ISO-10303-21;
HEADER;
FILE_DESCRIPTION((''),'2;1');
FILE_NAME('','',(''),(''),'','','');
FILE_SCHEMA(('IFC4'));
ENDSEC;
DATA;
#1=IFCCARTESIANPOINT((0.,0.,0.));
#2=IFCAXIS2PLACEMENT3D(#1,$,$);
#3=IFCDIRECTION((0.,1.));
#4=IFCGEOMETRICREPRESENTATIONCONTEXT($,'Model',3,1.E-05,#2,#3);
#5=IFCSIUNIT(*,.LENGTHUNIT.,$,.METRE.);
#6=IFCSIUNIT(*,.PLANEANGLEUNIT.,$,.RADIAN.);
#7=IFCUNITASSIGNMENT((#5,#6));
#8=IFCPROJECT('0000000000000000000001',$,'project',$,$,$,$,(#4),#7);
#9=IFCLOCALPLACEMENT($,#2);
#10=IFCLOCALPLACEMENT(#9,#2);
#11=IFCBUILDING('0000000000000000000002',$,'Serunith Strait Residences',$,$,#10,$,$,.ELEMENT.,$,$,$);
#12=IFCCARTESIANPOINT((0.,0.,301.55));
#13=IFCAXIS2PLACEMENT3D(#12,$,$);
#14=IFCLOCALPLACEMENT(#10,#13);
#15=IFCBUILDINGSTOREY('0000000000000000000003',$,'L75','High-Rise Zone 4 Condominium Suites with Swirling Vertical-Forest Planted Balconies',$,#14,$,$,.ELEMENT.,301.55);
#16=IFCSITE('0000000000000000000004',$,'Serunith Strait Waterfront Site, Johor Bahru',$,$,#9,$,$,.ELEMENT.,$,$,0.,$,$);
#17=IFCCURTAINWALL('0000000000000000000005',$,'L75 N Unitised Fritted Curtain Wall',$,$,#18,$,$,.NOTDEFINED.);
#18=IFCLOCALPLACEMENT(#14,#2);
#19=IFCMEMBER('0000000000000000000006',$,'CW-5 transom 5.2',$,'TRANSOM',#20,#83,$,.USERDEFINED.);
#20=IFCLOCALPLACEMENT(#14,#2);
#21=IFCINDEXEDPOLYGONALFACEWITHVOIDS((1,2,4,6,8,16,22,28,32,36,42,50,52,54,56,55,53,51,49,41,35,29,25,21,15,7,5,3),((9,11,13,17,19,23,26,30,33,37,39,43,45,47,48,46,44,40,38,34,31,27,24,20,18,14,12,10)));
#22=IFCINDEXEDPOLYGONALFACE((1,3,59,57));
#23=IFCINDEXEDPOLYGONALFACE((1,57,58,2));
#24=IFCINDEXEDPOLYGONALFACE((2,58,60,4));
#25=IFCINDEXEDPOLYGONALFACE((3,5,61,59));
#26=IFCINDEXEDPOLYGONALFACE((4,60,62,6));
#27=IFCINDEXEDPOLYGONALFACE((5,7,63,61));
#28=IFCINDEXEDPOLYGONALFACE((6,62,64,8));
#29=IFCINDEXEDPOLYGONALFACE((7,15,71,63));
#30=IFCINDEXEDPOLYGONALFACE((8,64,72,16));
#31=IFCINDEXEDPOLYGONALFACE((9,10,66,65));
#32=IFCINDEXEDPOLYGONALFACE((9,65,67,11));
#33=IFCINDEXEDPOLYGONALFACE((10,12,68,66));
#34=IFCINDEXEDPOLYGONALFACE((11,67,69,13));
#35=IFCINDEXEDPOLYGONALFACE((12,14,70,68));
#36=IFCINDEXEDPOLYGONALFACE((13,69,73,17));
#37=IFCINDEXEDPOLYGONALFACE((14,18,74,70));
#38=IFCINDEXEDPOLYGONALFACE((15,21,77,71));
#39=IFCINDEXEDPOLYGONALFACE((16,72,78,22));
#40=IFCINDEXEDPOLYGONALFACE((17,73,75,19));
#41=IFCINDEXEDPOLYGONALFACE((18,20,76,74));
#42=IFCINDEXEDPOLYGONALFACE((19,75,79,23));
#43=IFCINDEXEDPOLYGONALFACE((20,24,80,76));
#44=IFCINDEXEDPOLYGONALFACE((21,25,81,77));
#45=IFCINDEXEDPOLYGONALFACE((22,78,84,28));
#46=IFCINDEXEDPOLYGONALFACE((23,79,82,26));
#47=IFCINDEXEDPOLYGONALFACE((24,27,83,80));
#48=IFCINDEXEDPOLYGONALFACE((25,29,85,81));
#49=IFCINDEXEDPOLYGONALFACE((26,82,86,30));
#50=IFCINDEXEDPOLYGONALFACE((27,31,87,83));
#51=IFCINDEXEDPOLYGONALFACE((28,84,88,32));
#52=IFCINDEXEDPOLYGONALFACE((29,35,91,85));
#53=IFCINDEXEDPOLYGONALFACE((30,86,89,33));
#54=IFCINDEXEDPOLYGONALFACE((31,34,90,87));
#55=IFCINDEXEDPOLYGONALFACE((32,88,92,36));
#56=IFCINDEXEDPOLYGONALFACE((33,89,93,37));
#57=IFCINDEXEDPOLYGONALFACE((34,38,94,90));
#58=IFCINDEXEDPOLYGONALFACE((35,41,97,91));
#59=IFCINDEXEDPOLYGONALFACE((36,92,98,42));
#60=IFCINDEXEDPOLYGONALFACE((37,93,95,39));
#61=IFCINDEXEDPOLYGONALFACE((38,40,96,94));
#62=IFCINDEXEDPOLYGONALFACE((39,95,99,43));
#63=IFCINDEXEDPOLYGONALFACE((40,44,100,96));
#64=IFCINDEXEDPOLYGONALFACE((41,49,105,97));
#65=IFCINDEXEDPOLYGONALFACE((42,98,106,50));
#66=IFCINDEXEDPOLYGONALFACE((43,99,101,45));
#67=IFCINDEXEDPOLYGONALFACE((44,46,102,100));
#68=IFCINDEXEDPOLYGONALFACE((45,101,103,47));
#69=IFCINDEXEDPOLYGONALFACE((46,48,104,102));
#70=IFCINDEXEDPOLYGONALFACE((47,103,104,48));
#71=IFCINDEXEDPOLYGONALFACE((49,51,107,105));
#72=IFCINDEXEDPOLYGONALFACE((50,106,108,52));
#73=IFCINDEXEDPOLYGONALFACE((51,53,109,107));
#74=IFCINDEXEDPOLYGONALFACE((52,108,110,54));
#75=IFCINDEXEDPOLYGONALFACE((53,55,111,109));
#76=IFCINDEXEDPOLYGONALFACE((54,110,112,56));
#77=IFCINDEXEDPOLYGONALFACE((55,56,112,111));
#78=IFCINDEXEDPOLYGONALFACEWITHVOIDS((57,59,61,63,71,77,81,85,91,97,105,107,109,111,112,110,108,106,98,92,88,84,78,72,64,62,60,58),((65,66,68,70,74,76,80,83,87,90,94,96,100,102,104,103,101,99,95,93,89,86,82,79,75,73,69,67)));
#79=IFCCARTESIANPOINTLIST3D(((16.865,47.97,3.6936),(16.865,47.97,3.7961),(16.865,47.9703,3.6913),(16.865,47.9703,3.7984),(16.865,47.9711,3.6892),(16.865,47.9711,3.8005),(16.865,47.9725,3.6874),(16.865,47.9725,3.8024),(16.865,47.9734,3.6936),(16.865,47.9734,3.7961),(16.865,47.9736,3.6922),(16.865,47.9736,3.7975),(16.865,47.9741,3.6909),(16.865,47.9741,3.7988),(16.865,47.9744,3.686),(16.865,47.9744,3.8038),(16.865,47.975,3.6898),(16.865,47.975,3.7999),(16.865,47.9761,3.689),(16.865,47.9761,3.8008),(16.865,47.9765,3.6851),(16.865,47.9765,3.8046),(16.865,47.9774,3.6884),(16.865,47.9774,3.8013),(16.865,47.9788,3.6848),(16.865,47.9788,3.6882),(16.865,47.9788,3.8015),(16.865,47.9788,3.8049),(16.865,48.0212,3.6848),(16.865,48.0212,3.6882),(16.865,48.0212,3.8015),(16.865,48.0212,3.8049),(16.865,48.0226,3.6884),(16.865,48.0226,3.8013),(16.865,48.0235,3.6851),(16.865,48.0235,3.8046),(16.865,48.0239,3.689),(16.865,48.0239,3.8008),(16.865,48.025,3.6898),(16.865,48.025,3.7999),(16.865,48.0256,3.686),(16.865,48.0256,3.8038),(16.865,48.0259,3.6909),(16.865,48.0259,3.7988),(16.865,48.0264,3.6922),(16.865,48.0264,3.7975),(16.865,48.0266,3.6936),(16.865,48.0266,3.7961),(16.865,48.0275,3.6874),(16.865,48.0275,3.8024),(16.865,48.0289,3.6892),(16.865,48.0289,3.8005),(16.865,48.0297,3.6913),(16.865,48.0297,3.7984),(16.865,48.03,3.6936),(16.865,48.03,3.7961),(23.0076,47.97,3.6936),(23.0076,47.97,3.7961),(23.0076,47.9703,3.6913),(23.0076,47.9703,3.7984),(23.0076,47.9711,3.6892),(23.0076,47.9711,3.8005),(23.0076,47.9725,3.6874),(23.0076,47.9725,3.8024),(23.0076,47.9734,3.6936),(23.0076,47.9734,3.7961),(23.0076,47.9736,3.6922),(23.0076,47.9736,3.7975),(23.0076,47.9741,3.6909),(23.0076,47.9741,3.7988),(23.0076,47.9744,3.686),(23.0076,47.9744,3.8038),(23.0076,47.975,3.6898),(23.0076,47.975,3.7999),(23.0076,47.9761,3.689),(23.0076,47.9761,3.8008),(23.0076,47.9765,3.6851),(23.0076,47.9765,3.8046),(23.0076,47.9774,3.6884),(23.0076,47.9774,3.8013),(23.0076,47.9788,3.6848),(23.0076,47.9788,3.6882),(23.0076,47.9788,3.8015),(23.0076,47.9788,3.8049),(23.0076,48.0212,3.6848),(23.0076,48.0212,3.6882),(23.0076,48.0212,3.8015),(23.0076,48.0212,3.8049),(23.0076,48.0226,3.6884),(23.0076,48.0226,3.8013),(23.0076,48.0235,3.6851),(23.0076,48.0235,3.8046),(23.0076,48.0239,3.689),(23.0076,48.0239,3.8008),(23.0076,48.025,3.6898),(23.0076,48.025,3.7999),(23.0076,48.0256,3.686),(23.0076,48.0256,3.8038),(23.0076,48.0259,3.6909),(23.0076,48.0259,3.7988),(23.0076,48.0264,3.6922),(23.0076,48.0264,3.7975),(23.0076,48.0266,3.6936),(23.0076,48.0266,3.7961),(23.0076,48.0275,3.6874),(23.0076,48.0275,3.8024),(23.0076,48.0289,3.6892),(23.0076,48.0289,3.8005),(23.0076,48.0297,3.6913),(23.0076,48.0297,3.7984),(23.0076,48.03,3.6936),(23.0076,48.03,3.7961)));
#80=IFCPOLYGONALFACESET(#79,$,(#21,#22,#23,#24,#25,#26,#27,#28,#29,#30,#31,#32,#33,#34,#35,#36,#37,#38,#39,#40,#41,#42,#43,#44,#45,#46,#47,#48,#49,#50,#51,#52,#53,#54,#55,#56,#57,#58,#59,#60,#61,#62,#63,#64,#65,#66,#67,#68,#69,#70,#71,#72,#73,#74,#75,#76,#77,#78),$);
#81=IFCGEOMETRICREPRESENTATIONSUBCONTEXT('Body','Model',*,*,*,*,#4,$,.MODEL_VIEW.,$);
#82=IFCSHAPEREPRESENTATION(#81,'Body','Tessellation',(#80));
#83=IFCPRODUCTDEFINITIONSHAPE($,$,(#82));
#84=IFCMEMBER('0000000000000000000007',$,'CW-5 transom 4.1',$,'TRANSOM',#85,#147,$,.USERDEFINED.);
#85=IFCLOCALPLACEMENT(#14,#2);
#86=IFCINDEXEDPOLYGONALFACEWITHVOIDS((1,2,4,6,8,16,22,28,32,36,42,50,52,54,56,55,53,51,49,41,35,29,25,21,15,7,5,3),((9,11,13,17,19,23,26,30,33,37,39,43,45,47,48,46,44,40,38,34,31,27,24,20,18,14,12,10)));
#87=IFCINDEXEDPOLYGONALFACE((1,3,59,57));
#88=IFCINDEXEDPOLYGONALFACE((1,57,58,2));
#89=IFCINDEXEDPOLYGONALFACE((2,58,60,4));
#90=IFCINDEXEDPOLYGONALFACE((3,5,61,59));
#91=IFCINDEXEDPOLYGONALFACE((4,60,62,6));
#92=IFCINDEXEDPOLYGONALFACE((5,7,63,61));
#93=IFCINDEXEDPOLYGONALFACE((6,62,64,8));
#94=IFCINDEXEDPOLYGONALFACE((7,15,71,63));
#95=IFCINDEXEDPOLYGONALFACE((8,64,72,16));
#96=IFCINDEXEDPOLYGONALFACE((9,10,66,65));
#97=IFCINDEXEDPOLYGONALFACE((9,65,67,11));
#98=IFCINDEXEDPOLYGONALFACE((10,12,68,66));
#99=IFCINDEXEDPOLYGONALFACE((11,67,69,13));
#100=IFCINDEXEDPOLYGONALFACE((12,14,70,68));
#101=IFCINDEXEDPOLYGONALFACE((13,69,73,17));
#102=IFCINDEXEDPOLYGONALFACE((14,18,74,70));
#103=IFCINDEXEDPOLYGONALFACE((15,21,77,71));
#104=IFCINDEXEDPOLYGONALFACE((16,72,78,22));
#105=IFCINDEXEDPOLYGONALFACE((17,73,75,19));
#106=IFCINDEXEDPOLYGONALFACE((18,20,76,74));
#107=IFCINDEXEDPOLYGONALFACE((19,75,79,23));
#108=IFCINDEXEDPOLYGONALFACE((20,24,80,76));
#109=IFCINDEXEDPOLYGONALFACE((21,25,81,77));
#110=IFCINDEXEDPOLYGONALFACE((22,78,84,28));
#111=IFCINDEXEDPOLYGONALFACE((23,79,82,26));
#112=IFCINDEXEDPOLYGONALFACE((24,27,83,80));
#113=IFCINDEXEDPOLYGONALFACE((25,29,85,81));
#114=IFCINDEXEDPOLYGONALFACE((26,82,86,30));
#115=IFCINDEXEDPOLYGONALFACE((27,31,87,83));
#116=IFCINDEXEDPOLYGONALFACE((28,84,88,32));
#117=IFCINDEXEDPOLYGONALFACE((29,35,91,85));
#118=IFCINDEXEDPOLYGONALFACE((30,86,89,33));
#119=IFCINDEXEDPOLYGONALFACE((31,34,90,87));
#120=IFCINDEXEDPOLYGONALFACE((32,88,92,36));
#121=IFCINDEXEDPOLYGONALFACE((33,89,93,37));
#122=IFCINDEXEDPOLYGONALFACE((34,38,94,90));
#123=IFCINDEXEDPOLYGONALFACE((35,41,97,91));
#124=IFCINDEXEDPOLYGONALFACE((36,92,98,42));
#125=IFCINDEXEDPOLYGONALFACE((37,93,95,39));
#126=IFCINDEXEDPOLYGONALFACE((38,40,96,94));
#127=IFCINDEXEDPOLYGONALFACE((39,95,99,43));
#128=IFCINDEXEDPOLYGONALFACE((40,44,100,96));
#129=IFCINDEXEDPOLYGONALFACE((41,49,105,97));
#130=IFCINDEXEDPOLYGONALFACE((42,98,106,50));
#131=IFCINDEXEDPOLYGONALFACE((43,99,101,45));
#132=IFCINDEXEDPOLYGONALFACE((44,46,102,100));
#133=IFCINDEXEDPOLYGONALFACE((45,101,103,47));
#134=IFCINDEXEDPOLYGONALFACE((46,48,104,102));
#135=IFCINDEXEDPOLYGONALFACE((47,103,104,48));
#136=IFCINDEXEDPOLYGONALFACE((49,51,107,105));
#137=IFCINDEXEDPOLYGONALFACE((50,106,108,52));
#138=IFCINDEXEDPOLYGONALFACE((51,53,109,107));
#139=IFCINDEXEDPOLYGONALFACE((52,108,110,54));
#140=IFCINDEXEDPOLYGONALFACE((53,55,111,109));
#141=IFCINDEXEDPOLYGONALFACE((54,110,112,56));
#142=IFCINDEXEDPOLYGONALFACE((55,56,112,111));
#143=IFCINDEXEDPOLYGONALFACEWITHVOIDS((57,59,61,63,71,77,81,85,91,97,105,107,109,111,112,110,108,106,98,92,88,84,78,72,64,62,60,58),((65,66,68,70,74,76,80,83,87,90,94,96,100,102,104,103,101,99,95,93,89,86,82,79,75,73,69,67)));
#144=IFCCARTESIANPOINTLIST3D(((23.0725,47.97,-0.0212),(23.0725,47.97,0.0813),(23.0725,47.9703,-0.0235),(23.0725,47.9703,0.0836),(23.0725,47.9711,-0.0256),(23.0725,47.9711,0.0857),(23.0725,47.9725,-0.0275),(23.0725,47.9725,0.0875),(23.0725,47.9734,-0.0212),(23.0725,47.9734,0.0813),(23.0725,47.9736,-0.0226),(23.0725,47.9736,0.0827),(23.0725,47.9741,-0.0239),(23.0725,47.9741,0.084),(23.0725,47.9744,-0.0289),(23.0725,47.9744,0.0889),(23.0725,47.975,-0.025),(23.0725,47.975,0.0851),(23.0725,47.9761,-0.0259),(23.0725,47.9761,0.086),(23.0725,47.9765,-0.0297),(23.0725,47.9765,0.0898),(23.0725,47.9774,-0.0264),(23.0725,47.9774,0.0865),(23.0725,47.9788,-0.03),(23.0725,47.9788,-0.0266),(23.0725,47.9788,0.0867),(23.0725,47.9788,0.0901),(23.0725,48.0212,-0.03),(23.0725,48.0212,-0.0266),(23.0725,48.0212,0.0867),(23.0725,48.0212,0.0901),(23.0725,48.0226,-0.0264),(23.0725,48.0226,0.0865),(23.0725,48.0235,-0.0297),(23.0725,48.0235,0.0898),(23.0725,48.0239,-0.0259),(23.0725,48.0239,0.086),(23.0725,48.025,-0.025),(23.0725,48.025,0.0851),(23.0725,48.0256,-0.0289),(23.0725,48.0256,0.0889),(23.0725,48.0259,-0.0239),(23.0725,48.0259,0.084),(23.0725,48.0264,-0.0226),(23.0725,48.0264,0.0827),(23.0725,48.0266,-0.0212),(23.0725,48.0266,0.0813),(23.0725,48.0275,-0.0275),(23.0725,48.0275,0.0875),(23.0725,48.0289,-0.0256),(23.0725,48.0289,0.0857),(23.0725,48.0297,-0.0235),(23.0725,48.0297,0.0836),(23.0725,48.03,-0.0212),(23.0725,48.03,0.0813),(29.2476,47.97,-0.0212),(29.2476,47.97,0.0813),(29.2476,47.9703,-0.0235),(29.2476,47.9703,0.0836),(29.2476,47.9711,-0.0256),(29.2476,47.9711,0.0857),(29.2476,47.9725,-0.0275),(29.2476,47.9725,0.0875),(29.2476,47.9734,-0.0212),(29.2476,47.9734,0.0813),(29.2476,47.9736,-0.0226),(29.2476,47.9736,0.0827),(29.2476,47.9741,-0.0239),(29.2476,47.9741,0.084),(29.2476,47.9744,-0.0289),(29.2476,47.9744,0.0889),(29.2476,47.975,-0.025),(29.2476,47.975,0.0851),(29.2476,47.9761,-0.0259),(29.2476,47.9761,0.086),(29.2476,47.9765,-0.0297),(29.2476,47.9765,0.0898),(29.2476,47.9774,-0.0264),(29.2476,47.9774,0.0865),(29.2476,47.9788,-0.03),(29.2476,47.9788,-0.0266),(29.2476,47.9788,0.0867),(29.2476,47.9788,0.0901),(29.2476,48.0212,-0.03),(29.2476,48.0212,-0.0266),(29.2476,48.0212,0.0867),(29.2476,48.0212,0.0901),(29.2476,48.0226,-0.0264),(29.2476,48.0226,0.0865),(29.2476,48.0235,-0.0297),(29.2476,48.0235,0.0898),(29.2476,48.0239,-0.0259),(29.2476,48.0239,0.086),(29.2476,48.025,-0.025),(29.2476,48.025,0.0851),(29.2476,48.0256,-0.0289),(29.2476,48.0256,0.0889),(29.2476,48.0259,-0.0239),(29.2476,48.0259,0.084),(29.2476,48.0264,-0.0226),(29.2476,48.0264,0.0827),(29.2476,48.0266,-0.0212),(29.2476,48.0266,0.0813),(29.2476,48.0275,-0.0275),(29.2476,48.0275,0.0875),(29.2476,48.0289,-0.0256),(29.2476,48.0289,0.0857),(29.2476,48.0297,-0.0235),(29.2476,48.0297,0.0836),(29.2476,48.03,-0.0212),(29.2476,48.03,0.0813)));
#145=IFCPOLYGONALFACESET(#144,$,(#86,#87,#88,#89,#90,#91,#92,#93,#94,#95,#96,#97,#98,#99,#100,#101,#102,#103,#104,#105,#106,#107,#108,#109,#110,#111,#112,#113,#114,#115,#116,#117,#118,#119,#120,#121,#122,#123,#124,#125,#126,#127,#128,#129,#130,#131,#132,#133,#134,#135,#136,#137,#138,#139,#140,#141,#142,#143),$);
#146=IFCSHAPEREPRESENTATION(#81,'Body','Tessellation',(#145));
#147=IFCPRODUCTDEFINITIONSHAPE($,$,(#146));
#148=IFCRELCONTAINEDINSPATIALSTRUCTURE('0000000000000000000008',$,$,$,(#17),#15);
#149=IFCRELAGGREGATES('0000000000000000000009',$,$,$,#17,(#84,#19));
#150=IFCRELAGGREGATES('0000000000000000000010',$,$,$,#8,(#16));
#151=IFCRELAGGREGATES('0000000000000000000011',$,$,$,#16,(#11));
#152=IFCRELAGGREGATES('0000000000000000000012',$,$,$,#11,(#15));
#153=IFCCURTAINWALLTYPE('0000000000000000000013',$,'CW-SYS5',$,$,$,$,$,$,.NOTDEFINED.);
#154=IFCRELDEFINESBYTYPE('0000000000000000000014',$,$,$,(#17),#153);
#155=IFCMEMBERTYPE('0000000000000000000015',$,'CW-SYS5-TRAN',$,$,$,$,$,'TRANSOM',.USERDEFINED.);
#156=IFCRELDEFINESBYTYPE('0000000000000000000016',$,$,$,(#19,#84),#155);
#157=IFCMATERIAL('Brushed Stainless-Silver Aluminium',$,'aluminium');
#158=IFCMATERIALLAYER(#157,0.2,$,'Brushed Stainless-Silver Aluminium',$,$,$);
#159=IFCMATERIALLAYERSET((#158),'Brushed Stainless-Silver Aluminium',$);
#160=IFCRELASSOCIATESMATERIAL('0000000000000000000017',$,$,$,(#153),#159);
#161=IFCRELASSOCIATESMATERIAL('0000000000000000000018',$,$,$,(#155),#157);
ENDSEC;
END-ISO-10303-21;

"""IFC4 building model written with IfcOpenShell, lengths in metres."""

from ifc_helpers import new_model, si_unit, direction, frame, origin, origin_2d, place, context, subcontext, project, spatial, hollow_rectangle, extrude, source, transform, mapped, material, layer, layer_set, material_profile, profile_set, type_object, element, aggregate, save


model = new_model("IFC4")

# Units and contexts
model_context = context("Model", 3, precision=1e-05, world=origin(), true_north=direction((0.0, 1.0)))
body_context = subcontext(model_context, "Body", "Model", "MODEL_VIEW")
ifc_project = project(units=[si_unit("LENGTHUNIT", "METRE"), si_unit("PLANEANGLEUNIT", "RADIAN")], contexts=[model_context])

# Site, building, storey
site_placement = place(None, origin())
site = spatial("IfcSite", under=ifc_project, at=site_placement, Name="Serunith Strait Waterfront Site, Johor Bahru", CompositionType="ELEMENT", RefElevation=0.0)
building_placement = place(site_placement, origin())
building = spatial("IfcBuilding", under=site, at=building_placement, Name="Serunith Strait Residences", CompositionType="ELEMENT")
storey_placement = place(building_placement, frame((0.0, 0.0, 301.55)))
storey = spatial("IfcBuildingStorey", under=building, at=storey_placement, Name="L75", Description="High-Rise Zone 4 Condominium Suites with Swirling Vertical-Forest Planted Balconies", CompositionType="ELEMENT", Elevation=301.55)

# Curtain wall, members
ifc_material_1 = material(Name="Brushed Stainless-Silver Aluminium", Category="aluminium")
ifc_layer_1 = layer(ifc_material_1, 0.2, Name="Brushed Stainless-Silver Aluminium")
ifc_layer_set_1 = layer_set([ifc_layer_1], Name="Brushed Stainless-Silver Aluminium")
curtain_wall_type = type_object("IfcCurtainWallType", Name="CW-SYS5", PredefinedType="NOTDEFINED", material=ifc_layer_set_1)
curtain_wall_placement = place(storey_placement, origin())
curtain_wall = element("IfcCurtainWall", 1, at=curtain_wall_placement, inside=storey, type_object=curtain_wall_type, Name="L75 N Unitised Fritted Curtain Wall", PredefinedType="NOTDEFINED")
ifc_material_profile_1 = material_profile(ifc_material_1, hollow_rectangle(XDim=0.0601, YDim=0.1201, WallThickness=0.0034, InnerFilletRadius=0.0054, OuterFilletRadius=0.0088, at=origin_2d()), Name="ALU 120x60x3.5")
ifc_profile_set_1 = profile_set([ifc_material_profile_1], Name="Brushed Stainless-Silver Aluminium")
member_type_1 = type_object("IfcMemberType", Name="CW-SYS5-TRAN", ElementType="TRANSOM", PredefinedType="USERDEFINED", material=ifc_profile_set_1)
shared_shape_1 = source(origin(), body_context, "Body", "SweptSolid", [
    extrude(hollow_rectangle(XDim=0.0601, YDim=0.1201, WallThickness=0.0034, InnerFilletRadius=0.0054, OuterFilletRadius=0.0088, at=origin_2d()), origin(), (0.0, 0.0, 1.0), 6.1426),
])
member_1_placement = place(storey_placement, frame((23.0076, 48.0, 3.7449), z_axis=(-1.0, 0.0, 0.0), x_axis=(0.0, -1.0, 0.0)))
member_1 = element("IfcMember", 2, at=member_1_placement, type_object=member_type_1, Name="CW-5 transom 5.2", ObjectType="TRANSOM", PredefinedType="USERDEFINED", context=body_context, shape_type="MappedRepresentation", body=[
    mapped(shared_shape_1, transform((0.0, 0.0, 0.0), scale=1.0)),
])
shared_shape_2 = source(origin(), body_context, "Body", "SweptSolid", [
    extrude(hollow_rectangle(XDim=0.0601, YDim=0.1201, WallThickness=0.0034, InnerFilletRadius=0.0054, OuterFilletRadius=0.0088, at=origin_2d()), origin(), (0.0, 0.0, 1.0), 6.175),
])
member_2_placement = place(storey_placement, frame((29.2476, 48.0, 0.03), z_axis=(-1.0, 0.0, 0.0), x_axis=(0.0, -1.0, 0.0)))
member_2 = element("IfcMember", 3, at=member_2_placement, type_object=member_type_1, Name="CW-5 transom 4.1", ObjectType="TRANSOM", PredefinedType="USERDEFINED", context=body_context, shape_type="MappedRepresentation", body=[
    mapped(shared_shape_2, transform((0.0, 0.0, 0.0), scale=1.0)),
])
aggregate(curtain_wall, [member_2, member_1])

save(model, "model.ifc")
